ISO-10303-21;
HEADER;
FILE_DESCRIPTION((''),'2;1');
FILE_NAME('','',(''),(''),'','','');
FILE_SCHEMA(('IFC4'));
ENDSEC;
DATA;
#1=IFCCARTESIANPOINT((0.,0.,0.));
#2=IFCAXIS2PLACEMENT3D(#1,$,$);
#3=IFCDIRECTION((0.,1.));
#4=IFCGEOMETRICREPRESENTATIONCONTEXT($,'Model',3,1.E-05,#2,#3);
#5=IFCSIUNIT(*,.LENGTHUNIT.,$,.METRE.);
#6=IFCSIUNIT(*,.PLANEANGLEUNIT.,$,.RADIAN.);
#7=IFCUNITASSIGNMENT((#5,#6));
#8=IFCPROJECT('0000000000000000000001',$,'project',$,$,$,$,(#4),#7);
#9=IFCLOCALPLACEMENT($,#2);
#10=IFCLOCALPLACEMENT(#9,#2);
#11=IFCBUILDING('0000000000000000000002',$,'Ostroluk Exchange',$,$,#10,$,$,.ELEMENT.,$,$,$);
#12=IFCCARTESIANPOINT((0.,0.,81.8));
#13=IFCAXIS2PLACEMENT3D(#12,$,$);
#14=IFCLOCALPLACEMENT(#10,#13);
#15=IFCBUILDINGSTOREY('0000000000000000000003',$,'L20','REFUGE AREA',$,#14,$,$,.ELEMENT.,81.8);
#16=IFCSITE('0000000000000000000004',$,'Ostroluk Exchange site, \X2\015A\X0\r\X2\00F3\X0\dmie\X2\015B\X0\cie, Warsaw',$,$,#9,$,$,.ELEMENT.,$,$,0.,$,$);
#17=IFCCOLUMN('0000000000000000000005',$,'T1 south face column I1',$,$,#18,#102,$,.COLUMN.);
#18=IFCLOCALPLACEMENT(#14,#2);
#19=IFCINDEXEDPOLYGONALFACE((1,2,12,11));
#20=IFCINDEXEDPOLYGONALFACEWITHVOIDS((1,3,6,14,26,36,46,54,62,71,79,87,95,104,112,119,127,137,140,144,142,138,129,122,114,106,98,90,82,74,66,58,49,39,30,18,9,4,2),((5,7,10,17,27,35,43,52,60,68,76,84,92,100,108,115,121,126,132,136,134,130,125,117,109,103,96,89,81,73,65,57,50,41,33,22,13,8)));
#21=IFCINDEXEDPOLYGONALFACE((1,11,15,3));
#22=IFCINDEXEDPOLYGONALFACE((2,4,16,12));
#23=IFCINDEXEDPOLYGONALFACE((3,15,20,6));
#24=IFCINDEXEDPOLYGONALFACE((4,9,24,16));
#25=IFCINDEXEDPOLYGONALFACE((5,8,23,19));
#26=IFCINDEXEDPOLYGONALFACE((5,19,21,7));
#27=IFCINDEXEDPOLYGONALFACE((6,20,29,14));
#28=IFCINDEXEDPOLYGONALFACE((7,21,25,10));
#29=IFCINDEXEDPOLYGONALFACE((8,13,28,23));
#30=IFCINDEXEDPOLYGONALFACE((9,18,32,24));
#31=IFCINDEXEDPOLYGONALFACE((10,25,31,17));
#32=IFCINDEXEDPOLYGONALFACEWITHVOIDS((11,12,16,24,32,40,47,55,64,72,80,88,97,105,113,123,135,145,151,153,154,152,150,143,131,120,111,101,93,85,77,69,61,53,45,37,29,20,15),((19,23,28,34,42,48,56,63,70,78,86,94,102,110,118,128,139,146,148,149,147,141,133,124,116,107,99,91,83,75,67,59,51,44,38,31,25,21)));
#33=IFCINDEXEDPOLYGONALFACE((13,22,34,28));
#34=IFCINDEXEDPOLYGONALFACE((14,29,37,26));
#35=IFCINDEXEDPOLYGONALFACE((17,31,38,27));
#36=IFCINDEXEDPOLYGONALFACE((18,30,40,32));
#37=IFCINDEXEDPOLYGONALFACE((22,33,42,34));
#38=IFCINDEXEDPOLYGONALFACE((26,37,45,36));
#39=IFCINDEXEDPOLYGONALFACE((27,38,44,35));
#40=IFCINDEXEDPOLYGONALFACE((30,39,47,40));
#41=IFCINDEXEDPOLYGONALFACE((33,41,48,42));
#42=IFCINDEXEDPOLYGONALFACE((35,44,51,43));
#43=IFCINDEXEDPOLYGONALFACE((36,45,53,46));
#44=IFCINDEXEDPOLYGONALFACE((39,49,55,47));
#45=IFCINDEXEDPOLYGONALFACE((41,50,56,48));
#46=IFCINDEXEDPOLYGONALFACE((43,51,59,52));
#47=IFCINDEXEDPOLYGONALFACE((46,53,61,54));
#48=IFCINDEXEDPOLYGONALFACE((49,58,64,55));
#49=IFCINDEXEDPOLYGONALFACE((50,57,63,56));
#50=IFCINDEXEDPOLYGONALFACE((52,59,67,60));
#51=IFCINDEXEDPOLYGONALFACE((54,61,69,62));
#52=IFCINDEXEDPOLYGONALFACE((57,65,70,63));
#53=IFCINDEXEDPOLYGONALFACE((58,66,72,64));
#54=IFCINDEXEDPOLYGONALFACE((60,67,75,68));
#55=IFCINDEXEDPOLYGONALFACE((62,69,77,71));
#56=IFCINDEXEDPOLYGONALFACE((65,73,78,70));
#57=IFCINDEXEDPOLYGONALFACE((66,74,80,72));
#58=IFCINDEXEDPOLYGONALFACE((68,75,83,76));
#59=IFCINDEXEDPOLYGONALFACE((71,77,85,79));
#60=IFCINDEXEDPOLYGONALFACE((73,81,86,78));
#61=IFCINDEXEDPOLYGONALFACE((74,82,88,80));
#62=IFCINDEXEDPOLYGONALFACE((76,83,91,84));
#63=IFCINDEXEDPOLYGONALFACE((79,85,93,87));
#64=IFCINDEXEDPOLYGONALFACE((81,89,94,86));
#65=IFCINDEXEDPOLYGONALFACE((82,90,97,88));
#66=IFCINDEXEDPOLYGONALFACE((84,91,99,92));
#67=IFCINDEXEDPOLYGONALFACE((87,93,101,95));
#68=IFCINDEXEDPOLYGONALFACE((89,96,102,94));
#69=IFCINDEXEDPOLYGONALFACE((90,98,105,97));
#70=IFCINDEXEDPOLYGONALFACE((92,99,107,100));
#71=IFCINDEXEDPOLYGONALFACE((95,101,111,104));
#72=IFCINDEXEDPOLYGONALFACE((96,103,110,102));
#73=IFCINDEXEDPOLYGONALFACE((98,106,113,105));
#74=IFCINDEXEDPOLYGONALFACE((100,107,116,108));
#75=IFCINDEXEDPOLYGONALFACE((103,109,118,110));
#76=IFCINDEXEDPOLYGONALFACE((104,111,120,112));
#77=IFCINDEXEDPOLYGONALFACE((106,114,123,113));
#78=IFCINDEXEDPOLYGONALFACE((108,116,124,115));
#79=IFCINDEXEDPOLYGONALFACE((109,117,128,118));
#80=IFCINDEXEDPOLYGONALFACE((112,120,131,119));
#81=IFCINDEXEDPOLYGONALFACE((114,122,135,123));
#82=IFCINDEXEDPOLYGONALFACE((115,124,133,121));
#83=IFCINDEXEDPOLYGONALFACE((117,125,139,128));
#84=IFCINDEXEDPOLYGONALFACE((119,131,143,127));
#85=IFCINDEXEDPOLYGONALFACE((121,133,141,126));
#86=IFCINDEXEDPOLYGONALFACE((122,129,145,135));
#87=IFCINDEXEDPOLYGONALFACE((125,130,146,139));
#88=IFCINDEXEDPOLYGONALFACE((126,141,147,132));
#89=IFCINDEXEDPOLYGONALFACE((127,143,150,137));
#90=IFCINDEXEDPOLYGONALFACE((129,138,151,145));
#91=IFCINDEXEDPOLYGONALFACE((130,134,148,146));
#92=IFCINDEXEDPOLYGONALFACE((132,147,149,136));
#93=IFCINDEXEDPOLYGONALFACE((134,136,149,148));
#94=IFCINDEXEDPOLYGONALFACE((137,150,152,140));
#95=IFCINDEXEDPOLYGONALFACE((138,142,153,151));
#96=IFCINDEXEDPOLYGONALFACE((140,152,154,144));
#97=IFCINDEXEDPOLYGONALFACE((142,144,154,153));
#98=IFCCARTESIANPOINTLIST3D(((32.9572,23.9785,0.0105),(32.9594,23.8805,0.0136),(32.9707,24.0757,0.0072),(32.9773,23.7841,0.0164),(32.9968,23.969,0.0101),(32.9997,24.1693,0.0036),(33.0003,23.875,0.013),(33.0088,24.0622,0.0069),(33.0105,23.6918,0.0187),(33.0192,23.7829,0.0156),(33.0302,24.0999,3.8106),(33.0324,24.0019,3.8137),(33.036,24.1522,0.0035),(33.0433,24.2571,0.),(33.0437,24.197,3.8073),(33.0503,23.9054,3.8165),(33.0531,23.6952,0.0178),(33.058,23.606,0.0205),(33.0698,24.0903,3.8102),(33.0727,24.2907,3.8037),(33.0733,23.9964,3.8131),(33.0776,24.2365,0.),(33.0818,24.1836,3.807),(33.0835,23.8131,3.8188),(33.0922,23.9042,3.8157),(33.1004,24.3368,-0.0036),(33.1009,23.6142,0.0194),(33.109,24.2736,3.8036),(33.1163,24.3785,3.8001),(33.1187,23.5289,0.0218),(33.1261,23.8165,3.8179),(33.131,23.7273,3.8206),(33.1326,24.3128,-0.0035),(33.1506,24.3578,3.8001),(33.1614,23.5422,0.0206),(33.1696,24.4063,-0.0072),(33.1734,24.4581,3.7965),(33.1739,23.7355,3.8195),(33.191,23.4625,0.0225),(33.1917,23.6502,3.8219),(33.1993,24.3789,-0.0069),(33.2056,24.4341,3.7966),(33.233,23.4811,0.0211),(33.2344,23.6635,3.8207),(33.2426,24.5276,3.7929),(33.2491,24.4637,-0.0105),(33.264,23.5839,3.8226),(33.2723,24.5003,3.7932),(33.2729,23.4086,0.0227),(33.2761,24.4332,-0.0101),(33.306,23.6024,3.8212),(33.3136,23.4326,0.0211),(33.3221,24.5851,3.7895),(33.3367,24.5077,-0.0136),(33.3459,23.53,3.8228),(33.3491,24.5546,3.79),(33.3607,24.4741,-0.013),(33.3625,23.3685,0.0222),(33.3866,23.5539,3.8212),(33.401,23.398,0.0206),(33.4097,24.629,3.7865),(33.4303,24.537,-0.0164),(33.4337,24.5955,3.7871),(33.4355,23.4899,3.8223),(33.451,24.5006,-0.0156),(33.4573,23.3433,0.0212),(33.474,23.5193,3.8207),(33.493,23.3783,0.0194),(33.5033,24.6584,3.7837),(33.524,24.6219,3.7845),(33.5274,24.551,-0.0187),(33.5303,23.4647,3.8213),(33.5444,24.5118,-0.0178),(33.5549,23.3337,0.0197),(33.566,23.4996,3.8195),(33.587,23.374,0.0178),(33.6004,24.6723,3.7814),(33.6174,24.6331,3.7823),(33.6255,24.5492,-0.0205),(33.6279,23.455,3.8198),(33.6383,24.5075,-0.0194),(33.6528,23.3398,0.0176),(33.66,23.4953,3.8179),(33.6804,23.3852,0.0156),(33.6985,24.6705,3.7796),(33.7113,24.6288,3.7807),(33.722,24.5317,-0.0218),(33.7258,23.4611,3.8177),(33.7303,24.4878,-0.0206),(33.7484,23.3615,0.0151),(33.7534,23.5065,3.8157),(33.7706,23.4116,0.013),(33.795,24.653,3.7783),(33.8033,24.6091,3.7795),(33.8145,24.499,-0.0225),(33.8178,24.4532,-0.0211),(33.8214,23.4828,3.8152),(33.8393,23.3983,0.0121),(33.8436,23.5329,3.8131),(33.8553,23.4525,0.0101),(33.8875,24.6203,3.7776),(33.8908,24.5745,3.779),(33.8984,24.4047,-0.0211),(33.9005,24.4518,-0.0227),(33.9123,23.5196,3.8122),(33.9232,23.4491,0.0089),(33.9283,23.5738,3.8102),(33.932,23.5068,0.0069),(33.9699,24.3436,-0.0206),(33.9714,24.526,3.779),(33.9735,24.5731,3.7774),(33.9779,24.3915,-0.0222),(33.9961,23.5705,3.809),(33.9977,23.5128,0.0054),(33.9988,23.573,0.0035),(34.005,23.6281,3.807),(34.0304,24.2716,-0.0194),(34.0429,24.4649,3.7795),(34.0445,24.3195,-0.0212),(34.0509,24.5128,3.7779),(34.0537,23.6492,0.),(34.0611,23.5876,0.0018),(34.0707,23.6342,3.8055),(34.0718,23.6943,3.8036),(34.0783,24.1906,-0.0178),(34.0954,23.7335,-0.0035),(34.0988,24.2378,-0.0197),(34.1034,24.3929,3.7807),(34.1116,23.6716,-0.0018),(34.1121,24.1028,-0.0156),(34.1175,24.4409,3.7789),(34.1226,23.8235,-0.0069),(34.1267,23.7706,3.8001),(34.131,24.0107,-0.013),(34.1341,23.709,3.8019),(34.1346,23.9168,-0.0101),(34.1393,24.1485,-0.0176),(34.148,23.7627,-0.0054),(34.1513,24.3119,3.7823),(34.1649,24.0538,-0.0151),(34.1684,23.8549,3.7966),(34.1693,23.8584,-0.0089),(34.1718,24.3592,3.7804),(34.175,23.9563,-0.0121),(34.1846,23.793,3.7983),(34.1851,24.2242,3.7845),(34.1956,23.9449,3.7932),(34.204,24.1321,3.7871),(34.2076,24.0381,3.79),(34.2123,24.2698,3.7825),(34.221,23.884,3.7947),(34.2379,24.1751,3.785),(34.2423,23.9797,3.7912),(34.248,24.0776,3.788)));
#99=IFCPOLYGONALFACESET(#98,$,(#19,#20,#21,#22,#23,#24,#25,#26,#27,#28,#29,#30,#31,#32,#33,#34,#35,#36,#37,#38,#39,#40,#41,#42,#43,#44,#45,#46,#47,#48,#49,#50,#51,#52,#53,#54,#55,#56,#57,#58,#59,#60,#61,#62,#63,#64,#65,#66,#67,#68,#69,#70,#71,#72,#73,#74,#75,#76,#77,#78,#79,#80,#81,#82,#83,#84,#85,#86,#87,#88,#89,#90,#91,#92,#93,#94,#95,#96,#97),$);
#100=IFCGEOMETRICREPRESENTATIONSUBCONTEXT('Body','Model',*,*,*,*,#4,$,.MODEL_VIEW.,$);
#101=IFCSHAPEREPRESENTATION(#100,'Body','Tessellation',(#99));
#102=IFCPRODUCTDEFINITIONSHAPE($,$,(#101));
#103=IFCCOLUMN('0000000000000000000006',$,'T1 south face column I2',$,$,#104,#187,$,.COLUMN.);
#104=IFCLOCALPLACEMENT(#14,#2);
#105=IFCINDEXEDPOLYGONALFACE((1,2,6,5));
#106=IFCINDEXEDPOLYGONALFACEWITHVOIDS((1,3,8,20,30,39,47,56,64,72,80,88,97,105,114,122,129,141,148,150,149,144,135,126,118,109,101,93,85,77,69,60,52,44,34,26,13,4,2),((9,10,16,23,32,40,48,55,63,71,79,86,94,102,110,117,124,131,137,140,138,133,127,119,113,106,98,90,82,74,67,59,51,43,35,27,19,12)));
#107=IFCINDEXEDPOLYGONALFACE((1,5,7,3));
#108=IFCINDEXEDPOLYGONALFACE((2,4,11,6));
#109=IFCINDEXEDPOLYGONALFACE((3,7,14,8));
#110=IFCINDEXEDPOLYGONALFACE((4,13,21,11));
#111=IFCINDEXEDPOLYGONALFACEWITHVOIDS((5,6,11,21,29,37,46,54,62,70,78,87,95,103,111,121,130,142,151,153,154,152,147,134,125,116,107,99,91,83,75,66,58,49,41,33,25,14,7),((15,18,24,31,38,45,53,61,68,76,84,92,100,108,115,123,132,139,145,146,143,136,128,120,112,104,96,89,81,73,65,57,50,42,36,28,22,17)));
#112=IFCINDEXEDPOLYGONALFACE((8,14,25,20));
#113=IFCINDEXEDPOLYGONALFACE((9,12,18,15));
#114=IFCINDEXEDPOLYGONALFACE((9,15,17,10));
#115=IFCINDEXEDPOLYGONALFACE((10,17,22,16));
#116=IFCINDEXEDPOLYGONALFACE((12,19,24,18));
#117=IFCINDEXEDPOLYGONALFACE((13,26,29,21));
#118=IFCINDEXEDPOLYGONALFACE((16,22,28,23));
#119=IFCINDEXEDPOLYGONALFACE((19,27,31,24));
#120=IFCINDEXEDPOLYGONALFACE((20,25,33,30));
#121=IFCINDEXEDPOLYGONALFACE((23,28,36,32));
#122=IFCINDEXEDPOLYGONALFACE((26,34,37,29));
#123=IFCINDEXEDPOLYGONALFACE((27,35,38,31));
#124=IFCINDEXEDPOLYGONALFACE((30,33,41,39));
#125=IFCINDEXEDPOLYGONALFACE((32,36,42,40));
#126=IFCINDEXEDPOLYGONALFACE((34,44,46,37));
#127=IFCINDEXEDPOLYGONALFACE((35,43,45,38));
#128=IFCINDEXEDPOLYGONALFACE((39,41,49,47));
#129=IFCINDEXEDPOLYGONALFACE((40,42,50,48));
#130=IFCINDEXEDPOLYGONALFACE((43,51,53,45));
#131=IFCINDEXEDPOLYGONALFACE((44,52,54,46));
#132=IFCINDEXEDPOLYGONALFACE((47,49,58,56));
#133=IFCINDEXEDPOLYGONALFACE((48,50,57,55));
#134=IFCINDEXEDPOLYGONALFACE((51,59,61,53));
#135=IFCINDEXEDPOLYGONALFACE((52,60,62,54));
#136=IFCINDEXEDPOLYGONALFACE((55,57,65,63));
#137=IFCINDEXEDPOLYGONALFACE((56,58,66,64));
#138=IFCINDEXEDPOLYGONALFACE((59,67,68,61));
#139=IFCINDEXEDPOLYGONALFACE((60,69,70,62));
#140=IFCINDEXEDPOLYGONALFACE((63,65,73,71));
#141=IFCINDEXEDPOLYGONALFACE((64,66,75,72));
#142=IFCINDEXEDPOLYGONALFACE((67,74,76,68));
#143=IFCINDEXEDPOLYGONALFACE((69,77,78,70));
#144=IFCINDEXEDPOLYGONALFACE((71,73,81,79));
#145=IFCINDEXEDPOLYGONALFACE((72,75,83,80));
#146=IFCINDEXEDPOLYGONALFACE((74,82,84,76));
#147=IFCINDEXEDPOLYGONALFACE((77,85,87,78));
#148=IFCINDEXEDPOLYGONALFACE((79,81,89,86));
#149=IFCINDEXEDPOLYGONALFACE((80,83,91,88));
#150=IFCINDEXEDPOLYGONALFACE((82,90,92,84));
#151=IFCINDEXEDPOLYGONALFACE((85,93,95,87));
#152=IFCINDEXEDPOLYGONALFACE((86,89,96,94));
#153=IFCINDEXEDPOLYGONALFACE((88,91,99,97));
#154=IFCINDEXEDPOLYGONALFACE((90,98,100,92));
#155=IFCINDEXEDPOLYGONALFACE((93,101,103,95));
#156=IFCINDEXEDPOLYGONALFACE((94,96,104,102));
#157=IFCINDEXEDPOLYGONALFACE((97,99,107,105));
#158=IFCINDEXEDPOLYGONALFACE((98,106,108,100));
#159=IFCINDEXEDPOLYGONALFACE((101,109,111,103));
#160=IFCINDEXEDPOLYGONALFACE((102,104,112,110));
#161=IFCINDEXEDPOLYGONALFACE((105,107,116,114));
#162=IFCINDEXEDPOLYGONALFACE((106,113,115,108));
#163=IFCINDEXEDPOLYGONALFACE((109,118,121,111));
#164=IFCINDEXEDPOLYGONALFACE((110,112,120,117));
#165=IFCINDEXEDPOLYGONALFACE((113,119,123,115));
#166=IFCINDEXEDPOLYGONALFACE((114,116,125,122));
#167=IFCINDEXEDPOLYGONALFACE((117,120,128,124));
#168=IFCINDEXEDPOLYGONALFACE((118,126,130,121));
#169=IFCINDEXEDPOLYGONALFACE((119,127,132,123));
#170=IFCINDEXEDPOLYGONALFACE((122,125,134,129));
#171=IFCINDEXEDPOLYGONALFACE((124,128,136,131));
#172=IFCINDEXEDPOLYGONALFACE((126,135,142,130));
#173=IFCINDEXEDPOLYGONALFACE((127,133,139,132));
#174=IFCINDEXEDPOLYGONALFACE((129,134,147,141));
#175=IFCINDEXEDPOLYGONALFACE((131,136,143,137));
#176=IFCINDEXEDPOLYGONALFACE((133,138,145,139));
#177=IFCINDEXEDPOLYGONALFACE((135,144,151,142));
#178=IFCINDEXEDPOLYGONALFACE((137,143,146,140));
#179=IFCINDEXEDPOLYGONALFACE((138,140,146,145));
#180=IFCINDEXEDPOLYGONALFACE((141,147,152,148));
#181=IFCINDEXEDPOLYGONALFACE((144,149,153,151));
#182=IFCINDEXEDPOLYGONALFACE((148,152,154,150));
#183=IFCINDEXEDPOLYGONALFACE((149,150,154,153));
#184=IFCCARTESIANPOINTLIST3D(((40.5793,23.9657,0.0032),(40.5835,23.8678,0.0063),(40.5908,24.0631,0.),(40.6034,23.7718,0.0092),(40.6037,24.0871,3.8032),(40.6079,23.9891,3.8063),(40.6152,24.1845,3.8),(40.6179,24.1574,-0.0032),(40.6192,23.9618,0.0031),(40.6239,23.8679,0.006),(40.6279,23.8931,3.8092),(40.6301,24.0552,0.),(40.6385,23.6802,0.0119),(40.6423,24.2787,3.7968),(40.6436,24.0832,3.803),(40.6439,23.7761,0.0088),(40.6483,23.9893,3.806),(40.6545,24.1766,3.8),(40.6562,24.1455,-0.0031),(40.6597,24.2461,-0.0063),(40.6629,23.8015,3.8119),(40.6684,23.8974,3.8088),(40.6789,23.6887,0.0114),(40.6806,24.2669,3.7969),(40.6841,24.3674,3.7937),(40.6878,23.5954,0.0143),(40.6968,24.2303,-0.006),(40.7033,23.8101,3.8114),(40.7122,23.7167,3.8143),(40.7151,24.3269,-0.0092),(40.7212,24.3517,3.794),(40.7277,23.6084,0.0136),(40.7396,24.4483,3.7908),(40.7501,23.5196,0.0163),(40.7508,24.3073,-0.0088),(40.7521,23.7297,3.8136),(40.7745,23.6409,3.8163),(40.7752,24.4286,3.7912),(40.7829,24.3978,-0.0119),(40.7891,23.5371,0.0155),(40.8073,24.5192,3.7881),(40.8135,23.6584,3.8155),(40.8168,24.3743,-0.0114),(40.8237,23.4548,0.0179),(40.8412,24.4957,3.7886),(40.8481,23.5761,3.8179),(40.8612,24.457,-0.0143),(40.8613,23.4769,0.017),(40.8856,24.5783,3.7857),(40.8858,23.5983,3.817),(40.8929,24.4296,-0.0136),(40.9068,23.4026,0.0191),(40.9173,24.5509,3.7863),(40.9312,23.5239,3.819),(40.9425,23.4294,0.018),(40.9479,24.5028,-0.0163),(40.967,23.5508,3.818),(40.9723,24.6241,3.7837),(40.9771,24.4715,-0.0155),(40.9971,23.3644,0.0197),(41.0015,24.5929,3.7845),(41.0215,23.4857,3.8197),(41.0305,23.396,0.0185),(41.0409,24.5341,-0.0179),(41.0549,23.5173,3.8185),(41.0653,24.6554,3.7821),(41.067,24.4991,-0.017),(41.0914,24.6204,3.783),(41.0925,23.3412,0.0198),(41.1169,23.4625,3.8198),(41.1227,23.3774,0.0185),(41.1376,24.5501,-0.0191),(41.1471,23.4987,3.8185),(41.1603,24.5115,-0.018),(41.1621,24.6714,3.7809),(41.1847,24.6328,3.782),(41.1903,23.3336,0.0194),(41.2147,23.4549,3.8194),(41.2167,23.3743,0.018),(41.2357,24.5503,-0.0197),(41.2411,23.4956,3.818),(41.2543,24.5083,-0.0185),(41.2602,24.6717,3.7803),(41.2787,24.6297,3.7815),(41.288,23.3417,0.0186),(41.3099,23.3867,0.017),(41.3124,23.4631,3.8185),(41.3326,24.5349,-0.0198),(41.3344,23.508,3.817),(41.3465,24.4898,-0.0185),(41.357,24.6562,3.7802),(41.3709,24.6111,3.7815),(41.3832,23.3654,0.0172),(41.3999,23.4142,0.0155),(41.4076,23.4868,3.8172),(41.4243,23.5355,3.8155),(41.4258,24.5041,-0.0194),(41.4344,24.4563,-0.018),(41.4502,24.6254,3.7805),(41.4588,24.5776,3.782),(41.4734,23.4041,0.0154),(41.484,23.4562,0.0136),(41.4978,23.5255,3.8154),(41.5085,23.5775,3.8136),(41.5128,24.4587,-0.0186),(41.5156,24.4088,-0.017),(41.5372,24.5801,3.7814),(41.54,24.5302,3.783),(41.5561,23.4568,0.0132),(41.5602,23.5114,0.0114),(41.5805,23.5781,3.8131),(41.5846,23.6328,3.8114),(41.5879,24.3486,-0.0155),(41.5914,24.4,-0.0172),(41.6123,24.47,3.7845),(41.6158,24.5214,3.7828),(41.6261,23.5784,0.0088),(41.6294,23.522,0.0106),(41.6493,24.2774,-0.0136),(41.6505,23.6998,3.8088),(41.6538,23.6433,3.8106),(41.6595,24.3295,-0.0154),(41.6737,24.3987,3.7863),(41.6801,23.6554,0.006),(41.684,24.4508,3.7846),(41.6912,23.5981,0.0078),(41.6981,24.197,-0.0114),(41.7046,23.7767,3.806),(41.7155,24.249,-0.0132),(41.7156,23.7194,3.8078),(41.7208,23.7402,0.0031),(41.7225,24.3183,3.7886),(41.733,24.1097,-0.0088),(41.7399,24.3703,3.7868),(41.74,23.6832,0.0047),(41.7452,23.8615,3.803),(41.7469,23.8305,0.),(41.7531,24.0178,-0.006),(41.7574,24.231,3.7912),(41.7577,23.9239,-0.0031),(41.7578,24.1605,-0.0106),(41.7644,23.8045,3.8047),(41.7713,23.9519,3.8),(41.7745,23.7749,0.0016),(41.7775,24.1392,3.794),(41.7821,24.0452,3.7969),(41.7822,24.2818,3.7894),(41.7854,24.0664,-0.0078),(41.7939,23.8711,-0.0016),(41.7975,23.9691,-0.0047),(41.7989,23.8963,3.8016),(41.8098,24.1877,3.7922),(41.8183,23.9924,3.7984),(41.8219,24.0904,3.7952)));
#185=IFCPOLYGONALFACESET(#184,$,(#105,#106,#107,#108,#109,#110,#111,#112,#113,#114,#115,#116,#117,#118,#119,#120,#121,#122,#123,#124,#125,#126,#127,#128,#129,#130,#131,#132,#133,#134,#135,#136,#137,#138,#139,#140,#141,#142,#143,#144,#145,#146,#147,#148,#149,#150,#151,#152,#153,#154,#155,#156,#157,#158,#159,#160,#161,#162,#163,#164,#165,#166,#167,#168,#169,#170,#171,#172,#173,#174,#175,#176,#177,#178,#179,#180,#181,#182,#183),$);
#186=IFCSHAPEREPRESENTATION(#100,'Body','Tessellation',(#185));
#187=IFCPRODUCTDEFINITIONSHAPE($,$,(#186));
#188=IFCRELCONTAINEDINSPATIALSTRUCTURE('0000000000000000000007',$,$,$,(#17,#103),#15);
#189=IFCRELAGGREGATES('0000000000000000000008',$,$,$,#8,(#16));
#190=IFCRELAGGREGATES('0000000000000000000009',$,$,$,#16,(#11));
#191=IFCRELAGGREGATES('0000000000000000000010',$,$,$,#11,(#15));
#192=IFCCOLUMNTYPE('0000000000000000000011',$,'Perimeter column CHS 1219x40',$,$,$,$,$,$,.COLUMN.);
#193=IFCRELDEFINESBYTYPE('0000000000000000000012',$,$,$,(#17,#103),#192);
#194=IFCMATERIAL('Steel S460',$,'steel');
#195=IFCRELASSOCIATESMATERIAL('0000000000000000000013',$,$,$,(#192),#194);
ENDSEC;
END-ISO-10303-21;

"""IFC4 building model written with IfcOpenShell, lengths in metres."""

from ifc_helpers import new_model, si_unit, direction, frame, origin, origin_2d, place, context, subcontext, project, spatial, hollow_circle, extrude, material, material_profile, profile_set, type_object, element, save


model = new_model("IFC4")

# Units and contexts
model_context = context("Model", 3, precision=1e-05, world=origin(), true_north=direction((0.0, 1.0)))
body_context = subcontext(model_context, "Body", "Model", "MODEL_VIEW")
ifc_project = project(units=[si_unit("LENGTHUNIT", "METRE"), si_unit("PLANEANGLEUNIT", "RADIAN")], contexts=[model_context])

# Site, building, storey
site_placement = place(None, origin())
site = spatial("IfcSite", under=ifc_project, at=site_placement, Name="Ostroluk Exchange site, Śródmieście, Warsaw", CompositionType="ELEMENT", RefElevation=0.0)
building_placement = place(site_placement, origin())
building = spatial("IfcBuilding", under=site, at=building_placement, Name="Ostroluk Exchange", CompositionType="ELEMENT")
storey_placement = place(building_placement, frame((0.0, 0.0, 81.8)))
storey = spatial("IfcBuildingStorey", under=building, at=storey_placement, Name="L20", Description="REFUGE AREA", CompositionType="ELEMENT", Elevation=81.8)

# Columns
ifc_material_1 = material(Name="Steel S460", Category="steel")
ifc_material_profile_1 = material_profile(ifc_material_1, hollow_circle(Radius=0.6096, WallThickness=0.04, at=origin_2d()), Name="CHS 1219x40")
ifc_profile_set_1 = profile_set([ifc_material_profile_1], Name="Steel S460")
column_type = type_object("IfcColumnType", Name="Perimeter column CHS 1219x40", PredefinedType="COLUMN", material=ifc_profile_set_1)
column_1_placement = place(storey_placement, frame((33.5657, 23.9429, 0.0), z_axis=(0.019196, 0.031908, 0.999306), x_axis=(-0.856884, 0.51551, 0.0)))
element("IfcColumn", 1, at=column_1_placement, inside=storey, type_object=column_type, Name="T1 south face column I1", PredefinedType="COLUMN", context=body_context, shape_type="SweptSolid", body=[
    extrude(hollow_circle(Radius=0.6096, WallThickness=0.04, at=origin_2d()), origin(), (0.0, 0.0, 1.0), 3.8027),
])
column_2_placement = place(storey_placement, frame((41.1885, 23.9429, 0.0), z_axis=(0.006421, 0.031914, 0.99947), x_axis=(-0.980352, 0.197254, 0.0)))
element("IfcColumn", 2, at=column_2_placement, inside=storey, type_object=column_type, Name="T1 south face column I2", PredefinedType="COLUMN", context=body_context, shape_type="SweptSolid", body=[
    extrude(hollow_circle(Radius=0.6096, WallThickness=0.04, at=origin_2d()), origin(), (0.0, 0.0, 1.0), 3.802),
])

save(model, "model.ifc")
